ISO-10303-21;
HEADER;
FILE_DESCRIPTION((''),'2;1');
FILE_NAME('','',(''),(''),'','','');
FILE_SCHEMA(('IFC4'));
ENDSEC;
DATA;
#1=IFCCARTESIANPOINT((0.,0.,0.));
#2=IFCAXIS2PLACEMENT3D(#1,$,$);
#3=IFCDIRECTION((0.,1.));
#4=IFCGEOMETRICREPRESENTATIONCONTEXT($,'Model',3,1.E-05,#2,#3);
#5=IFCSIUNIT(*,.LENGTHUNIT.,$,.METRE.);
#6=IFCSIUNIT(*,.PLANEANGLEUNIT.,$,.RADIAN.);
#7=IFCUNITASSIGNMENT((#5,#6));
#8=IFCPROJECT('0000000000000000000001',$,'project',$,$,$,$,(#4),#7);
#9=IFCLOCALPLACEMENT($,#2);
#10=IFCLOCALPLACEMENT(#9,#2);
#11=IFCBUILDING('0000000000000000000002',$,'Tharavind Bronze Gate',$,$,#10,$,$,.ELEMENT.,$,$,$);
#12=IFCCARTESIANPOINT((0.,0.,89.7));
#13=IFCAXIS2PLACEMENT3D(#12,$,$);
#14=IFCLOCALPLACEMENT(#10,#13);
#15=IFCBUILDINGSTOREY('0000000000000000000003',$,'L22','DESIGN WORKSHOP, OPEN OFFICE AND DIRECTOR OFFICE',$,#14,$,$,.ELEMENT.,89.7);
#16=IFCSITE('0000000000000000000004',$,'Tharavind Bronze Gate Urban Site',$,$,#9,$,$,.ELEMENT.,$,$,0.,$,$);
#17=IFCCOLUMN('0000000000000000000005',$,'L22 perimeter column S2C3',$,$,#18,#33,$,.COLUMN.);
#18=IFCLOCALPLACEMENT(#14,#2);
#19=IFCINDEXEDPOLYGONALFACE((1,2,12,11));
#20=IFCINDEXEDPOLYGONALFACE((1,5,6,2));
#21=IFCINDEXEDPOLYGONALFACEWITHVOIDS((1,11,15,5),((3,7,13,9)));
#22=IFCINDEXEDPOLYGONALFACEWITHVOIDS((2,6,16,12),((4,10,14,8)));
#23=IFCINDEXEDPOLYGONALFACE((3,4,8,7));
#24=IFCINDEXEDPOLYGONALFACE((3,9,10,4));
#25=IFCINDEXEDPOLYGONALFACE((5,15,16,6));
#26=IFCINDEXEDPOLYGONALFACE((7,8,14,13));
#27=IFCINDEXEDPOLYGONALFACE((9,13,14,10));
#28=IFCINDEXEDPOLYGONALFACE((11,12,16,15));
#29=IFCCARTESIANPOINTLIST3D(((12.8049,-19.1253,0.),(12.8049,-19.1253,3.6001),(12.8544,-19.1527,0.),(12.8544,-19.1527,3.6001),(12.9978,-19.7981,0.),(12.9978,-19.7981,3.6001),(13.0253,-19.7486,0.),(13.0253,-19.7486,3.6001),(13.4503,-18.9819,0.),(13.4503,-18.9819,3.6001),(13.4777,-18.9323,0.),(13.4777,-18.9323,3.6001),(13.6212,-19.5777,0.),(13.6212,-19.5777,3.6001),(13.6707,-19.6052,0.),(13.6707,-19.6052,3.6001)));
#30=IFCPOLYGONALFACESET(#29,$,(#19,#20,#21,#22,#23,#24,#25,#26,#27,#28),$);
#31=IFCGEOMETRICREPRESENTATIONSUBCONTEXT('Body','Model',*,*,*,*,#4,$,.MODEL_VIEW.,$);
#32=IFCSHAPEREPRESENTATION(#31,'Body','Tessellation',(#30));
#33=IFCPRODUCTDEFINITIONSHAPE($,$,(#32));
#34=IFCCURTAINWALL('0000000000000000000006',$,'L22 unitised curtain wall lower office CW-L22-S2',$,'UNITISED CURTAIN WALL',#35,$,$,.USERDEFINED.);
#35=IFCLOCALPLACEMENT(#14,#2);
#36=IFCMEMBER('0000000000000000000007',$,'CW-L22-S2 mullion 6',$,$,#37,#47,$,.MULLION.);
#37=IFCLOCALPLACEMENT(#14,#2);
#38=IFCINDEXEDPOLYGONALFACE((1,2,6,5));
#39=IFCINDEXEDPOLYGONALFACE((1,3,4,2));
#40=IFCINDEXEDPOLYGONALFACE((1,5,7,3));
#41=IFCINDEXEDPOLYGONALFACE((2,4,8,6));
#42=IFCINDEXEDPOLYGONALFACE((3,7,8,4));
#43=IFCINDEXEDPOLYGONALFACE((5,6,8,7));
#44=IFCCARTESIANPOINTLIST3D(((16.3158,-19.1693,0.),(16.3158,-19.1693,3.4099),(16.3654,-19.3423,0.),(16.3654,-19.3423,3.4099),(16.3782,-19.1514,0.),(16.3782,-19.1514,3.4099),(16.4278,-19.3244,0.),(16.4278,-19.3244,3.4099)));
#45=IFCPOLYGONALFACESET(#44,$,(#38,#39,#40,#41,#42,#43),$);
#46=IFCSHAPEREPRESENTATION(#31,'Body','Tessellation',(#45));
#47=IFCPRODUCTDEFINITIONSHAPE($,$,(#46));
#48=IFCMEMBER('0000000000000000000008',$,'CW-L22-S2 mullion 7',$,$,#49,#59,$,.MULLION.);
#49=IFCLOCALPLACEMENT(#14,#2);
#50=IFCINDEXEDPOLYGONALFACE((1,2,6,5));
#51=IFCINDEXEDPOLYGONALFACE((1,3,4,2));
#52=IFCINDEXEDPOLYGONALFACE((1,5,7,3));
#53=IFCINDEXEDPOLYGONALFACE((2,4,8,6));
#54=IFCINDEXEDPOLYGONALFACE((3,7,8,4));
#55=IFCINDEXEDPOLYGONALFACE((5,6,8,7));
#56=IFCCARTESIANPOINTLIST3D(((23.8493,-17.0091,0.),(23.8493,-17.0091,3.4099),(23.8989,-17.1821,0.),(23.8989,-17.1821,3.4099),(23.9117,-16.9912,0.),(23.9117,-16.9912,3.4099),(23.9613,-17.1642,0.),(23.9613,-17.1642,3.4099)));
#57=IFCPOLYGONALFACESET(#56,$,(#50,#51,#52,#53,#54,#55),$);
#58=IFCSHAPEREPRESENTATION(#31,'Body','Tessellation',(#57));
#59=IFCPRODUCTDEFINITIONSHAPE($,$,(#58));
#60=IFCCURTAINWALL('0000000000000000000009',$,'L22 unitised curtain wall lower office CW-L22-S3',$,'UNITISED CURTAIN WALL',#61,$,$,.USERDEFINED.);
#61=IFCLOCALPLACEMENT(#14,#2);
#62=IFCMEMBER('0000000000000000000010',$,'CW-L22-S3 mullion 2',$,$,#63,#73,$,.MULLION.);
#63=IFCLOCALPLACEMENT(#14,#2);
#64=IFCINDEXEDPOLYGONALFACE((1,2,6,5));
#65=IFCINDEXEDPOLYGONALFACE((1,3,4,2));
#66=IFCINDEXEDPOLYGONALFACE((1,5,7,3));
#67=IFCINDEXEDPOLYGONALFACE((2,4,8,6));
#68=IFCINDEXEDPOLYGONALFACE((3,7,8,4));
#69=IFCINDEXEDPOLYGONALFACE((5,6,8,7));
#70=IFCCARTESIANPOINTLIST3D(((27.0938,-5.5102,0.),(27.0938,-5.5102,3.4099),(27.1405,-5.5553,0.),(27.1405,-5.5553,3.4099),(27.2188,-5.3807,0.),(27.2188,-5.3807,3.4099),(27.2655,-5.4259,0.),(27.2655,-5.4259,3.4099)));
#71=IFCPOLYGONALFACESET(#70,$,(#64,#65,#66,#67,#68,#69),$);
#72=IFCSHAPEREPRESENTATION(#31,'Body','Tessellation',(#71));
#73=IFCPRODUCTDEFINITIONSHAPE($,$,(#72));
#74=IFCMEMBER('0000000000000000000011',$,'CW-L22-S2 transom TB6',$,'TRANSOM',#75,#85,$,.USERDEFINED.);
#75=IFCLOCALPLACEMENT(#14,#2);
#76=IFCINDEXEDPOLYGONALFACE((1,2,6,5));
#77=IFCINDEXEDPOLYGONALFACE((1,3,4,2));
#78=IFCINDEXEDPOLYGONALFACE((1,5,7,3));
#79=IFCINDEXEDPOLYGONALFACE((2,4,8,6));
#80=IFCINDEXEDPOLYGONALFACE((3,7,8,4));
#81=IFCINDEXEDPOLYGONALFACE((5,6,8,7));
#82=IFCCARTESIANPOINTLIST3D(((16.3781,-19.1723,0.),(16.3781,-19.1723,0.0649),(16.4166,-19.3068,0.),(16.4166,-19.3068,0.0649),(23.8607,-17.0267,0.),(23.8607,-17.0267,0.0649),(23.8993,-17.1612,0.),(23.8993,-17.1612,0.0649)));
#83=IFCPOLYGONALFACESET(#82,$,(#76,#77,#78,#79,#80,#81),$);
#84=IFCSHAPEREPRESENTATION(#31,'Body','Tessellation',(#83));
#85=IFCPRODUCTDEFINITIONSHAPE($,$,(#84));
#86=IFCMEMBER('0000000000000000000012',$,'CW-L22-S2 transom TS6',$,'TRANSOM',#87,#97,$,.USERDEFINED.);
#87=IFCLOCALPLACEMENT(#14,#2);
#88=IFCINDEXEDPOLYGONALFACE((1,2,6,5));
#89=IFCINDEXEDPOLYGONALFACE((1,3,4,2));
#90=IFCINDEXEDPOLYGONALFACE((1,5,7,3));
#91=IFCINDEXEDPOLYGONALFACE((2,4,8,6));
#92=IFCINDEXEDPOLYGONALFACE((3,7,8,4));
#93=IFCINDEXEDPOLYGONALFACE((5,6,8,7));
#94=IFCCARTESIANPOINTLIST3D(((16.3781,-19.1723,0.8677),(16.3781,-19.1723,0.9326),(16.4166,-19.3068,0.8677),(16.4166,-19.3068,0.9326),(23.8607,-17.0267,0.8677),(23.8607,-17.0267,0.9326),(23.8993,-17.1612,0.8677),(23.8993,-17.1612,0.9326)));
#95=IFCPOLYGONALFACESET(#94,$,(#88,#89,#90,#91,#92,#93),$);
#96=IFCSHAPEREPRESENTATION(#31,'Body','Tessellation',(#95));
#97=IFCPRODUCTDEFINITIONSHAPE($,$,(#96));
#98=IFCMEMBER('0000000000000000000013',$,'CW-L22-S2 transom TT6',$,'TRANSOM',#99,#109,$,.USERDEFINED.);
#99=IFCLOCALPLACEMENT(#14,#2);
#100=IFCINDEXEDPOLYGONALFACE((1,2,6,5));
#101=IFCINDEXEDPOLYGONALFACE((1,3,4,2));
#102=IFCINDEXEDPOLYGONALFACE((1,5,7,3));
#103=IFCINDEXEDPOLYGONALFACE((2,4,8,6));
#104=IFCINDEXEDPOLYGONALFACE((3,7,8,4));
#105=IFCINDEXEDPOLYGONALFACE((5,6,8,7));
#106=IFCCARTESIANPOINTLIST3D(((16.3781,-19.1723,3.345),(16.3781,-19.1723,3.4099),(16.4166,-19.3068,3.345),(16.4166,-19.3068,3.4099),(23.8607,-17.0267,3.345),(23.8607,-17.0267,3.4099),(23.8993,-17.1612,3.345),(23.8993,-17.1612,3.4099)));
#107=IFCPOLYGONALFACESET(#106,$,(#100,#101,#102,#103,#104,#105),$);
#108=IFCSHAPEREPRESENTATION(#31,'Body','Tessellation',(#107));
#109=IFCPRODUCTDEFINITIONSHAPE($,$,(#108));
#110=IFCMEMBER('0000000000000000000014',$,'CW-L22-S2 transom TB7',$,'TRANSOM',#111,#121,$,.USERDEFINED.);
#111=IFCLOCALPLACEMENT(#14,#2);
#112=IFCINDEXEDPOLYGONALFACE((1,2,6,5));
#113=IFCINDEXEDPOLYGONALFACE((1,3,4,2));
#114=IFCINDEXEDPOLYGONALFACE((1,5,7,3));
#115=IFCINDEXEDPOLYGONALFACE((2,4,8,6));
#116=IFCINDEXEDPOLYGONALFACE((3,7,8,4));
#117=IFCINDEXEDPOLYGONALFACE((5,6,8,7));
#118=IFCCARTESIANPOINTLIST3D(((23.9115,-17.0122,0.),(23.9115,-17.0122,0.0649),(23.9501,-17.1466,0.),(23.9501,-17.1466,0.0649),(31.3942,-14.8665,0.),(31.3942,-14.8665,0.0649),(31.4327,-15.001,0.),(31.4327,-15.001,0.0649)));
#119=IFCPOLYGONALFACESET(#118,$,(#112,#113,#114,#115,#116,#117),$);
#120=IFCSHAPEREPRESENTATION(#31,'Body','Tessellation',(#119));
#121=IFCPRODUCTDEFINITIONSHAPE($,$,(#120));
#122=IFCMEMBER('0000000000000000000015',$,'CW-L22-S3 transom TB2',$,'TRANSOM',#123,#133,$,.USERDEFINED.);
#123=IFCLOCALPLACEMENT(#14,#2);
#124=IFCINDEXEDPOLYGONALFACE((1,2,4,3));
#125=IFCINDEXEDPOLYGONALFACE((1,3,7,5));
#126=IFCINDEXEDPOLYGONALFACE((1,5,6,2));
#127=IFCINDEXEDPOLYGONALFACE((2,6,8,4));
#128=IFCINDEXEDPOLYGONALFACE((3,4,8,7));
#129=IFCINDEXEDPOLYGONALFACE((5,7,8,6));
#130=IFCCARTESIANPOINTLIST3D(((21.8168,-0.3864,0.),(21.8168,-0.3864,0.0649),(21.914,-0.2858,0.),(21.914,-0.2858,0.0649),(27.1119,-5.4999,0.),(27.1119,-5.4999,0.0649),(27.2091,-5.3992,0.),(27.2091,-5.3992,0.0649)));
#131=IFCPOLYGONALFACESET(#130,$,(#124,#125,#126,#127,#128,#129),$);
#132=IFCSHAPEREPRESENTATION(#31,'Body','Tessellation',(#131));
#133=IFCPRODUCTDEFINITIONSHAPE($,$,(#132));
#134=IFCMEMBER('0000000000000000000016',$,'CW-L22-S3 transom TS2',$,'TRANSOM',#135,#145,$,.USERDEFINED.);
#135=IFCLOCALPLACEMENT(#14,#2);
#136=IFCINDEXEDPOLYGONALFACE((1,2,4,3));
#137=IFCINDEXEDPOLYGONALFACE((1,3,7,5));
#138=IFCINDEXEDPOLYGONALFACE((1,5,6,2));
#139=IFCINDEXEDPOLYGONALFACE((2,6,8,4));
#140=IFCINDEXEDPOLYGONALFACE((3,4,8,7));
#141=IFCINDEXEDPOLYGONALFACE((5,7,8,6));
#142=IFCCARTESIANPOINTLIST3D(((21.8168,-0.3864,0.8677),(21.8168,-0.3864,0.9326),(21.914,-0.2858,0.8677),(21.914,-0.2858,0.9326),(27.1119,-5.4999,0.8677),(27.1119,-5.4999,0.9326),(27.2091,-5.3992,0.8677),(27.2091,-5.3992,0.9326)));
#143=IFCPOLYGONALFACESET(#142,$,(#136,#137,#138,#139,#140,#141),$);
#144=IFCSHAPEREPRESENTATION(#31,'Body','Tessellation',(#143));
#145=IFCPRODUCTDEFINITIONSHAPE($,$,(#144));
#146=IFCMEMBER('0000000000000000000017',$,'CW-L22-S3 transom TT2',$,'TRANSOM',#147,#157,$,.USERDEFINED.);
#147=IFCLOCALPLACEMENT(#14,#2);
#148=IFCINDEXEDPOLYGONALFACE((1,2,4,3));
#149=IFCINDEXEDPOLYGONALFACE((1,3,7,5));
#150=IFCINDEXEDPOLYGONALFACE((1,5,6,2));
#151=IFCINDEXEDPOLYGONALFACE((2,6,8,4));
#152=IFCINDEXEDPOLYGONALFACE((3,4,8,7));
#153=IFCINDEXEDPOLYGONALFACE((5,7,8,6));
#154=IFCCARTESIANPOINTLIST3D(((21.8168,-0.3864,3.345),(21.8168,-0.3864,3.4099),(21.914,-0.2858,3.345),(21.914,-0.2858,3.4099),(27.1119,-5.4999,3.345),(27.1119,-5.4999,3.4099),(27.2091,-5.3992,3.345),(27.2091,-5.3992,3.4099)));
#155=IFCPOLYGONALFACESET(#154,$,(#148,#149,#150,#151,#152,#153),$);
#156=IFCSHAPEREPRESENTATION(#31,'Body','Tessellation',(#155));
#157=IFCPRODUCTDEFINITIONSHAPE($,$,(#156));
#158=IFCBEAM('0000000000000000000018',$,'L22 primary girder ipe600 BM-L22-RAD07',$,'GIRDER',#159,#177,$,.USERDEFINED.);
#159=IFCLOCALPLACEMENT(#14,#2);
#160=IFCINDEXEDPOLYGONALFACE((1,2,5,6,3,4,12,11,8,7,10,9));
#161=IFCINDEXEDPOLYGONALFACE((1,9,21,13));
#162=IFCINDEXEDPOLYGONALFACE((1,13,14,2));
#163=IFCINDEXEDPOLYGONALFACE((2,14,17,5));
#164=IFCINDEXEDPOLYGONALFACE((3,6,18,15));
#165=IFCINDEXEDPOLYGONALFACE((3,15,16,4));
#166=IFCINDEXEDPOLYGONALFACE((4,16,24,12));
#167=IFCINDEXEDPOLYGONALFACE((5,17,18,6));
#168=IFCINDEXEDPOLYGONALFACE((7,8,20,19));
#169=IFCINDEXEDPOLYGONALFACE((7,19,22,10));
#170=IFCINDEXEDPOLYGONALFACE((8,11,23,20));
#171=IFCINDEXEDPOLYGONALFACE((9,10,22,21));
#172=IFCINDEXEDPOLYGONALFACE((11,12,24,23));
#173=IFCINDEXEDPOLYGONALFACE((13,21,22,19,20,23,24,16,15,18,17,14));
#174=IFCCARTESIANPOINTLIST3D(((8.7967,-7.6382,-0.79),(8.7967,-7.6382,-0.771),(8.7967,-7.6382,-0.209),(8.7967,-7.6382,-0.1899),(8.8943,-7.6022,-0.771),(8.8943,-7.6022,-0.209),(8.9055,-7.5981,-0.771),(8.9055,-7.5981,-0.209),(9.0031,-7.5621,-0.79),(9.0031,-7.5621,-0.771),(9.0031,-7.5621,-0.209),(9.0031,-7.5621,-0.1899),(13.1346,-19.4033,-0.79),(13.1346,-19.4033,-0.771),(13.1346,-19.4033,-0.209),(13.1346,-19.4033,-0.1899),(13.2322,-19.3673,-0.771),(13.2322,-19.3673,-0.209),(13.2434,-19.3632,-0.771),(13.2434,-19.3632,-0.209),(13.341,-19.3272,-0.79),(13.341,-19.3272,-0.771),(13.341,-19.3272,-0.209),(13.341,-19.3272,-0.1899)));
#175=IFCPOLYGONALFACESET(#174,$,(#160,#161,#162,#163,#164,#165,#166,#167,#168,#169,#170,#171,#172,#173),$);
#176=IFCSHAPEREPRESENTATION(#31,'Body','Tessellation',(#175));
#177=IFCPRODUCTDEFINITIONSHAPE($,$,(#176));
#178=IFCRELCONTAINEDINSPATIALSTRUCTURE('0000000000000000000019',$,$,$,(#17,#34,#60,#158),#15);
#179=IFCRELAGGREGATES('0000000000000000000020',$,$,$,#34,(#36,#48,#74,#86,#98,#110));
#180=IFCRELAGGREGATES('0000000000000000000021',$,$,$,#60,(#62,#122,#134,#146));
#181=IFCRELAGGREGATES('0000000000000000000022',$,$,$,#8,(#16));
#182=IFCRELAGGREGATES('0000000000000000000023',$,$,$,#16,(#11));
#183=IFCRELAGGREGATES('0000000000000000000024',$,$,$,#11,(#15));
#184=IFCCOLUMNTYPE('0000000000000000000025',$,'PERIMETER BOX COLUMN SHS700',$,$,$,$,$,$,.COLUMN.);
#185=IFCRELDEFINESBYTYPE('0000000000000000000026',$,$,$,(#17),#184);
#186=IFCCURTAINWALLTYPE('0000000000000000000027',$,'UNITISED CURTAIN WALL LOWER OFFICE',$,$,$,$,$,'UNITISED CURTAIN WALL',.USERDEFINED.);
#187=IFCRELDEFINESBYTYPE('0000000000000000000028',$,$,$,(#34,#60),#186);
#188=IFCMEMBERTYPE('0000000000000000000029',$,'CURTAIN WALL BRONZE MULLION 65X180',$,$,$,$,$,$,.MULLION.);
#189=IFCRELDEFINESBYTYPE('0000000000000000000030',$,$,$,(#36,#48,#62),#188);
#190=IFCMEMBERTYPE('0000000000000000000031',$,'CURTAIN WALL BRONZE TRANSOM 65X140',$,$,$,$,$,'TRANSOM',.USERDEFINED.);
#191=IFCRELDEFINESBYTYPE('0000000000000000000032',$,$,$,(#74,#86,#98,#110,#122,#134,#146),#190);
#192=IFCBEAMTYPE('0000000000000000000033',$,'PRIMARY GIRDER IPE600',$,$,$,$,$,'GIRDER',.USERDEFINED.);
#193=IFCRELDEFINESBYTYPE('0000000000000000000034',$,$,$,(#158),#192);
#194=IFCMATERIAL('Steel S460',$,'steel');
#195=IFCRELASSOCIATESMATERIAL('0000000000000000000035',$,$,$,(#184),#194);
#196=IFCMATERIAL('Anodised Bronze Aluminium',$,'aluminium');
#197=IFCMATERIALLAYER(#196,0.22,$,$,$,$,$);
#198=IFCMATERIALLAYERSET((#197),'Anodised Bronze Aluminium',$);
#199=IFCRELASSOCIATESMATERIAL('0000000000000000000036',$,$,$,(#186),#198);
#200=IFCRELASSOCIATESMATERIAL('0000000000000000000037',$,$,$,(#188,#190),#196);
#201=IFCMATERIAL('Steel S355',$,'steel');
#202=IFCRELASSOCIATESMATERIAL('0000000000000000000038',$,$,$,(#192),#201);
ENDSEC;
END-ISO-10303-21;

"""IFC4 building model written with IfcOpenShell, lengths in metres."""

from ifc_helpers import new_model, si_unit, direction, frame, origin, origin_2d, place, context, subcontext, project, spatial, rectangle, hollow_rectangle, i_section, extrude, material, layer, layer_set, material_profile, profile_set, type_object, element, aggregate, save


model = new_model("IFC4")

# Units and contexts
model_context = context("Model", 3, precision=1e-05, world=origin(), true_north=direction((0.0, 1.0)))
body_context = subcontext(model_context, "Body", "Model", "MODEL_VIEW")
ifc_project = project(units=[si_unit("LENGTHUNIT", "METRE"), si_unit("PLANEANGLEUNIT", "RADIAN")], contexts=[model_context])

# Site, building, storey
site_placement = place(None, origin())
site = spatial("IfcSite", under=ifc_project, at=site_placement, Name="Tharavind Bronze Gate Urban Site", CompositionType="ELEMENT", RefElevation=0.0)
building_placement = place(site_placement, origin())
building = spatial("IfcBuilding", under=site, at=building_placement, Name="Tharavind Bronze Gate", CompositionType="ELEMENT")
storey_placement = place(building_placement, frame((0.0, 0.0, 89.7)))
storey = spatial("IfcBuildingStorey", under=building, at=storey_placement, Name="L22", Description="DESIGN WORKSHOP, OPEN OFFICE AND DIRECTOR OFFICE", CompositionType="ELEMENT", Elevation=89.7)

# Column
ifc_material_1 = material(Name="Steel S460", Category="steel")
ifc_material_profile_1 = material_profile(ifc_material_1, hollow_rectangle(XDim=0.7, YDim=0.7, WallThickness=0.04, at=origin_2d()), Name="SHS700X40")
ifc_profile_set_1 = profile_set([ifc_material_profile_1], Name="Steel S460")
column_type = type_object("IfcColumnType", Name="PERIMETER BOX COLUMN SHS700", PredefinedType="COLUMN", material=ifc_profile_set_1)
column_placement = place(storey_placement, frame((13.2378, -19.3652, 0.0), z_axis=(0.0, 0.0, 1.0), x_axis=(0.961262, 0.275637, 0.0)))
element("IfcColumn", 1, at=column_placement, inside=storey, type_object=column_type, Name="L22 perimeter column S2C3", PredefinedType="COLUMN", context=body_context, shape_type="SweptSolid", body=[
    extrude(hollow_rectangle(XDim=0.7, YDim=0.7, WallThickness=0.04, at=origin_2d()), origin(), (0.0, 0.0, 1.0), 3.6001),
])

# Curtain wall, members
ifc_material_2 = material(Name="Anodised Bronze Aluminium", Category="aluminium")
ifc_layer_1 = layer(ifc_material_2, 0.22)
ifc_layer_set_1 = layer_set([ifc_layer_1], Name="Anodised Bronze Aluminium")
curtain_wall_type = type_object("IfcCurtainWallType", Name="UNITISED CURTAIN WALL LOWER OFFICE", ElementType="UNITISED CURTAIN WALL", PredefinedType="USERDEFINED", material=ifc_layer_set_1)
curtain_wall_1_placement = place(storey_placement, origin())
curtain_wall_1 = element("IfcCurtainWall", 2, at=curtain_wall_1_placement, inside=storey, type_object=curtain_wall_type, Name="L22 unitised curtain wall lower office CW-L22-S2", ObjectType="UNITISED CURTAIN WALL", PredefinedType="USERDEFINED")
member_type_1 = type_object("IfcMemberType", Name="CURTAIN WALL BRONZE MULLION 65X180", PredefinedType="MULLION", material=ifc_material_2)
member_1_placement = place(storey_placement, frame((16.3718, -19.2468, 0.0), z_axis=(0.0, 0.0, 1.0), x_axis=(0.961262, 0.275637, 0.0)))
member_1 = element("IfcMember", 3, at=member_1_placement, type_object=member_type_1, Name="CW-L22-S2 mullion 6", PredefinedType="MULLION", context=body_context, shape_type="SweptSolid", body=[
    extrude(rectangle(XDim=0.0649, YDim=0.1799, at=origin_2d()), origin(), (0.0, 0.0, 1.0), 3.4099),
])
member_2_placement = place(storey_placement, frame((23.9053, -17.0867, 0.0), z_axis=(0.0, 0.0, 1.0), x_axis=(0.961262, 0.275637, 0.0)))
member_2 = element("IfcMember", 4, at=member_2_placement, type_object=member_type_1, Name="CW-L22-S2 mullion 7", PredefinedType="MULLION", context=body_context, shape_type="SweptSolid", body=[
    extrude(rectangle(XDim=0.0649, YDim=0.1799, at=origin_2d()), origin(), (0.0, 0.0, 1.0), 3.4099),
])

# Curtain wall, member
curtain_wall_2_placement = place(storey_placement, origin())
curtain_wall_2 = element("IfcCurtainWall", 5, at=curtain_wall_2_placement, inside=storey, type_object=curtain_wall_type, Name="L22 unitised curtain wall lower office CW-L22-S3", ObjectType="UNITISED CURTAIN WALL", PredefinedType="USERDEFINED")
member_3_placement = place(storey_placement, frame((27.1797, -5.468, 0.0), z_axis=(0.0, 0.0, 1.0), x_axis=(-0.719341, 0.694657, 0.0)))
member_3 = element("IfcMember", 6, at=member_3_placement, type_object=member_type_1, Name="CW-L22-S3 mullion 2", PredefinedType="MULLION", context=body_context, shape_type="SweptSolid", body=[
    extrude(rectangle(XDim=0.0649, YDim=0.1799, at=origin_2d()), origin(), (0.0, 0.0, 1.0), 3.4099),
])

# Members
member_type_2 = type_object("IfcMemberType", Name="CURTAIN WALL BRONZE TRANSOM 65X140", ElementType="TRANSOM", PredefinedType="USERDEFINED", material=ifc_material_2)
member_4_placement = place(storey_placement, frame((20.1387, -18.1667, 0.0), z_axis=(0.0, 0.0, 1.0), x_axis=(0.961262, 0.275637, 0.0)))
member_4 = element("IfcMember", 7, at=member_4_placement, type_object=member_type_2, Name="CW-L22-S2 transom TB6", ObjectType="TRANSOM", PredefinedType="USERDEFINED", context=body_context, shape_type="SweptSolid", body=[
    extrude(rectangle(XDim=7.7842, YDim=0.1399, at=origin_2d()), origin(), (0.0, 0.0, 1.0), 0.0649),
])
member_5_placement = place(storey_placement, frame((20.1387, -18.1667, 0.8677), z_axis=(0.0, 0.0, 1.0), x_axis=(0.961262, 0.275637, 0.0)))
member_5 = element("IfcMember", 8, at=member_5_placement, type_object=member_type_2, Name="CW-L22-S2 transom TS6", ObjectType="TRANSOM", PredefinedType="USERDEFINED", context=body_context, shape_type="SweptSolid", body=[
    extrude(rectangle(XDim=7.7842, YDim=0.1399, at=origin_2d()), origin(), (0.0, 0.0, 1.0), 0.0649),
])
member_6_placement = place(storey_placement, frame((20.1387, -18.1667, 3.345), z_axis=(0.0, 0.0, 1.0), x_axis=(0.961262, 0.275637, 0.0)))
member_6 = element("IfcMember", 9, at=member_6_placement, type_object=member_type_2, Name="CW-L22-S2 transom TT6", ObjectType="TRANSOM", PredefinedType="USERDEFINED", context=body_context, shape_type="SweptSolid", body=[
    extrude(rectangle(XDim=7.7842, YDim=0.1399, at=origin_2d()), origin(), (0.0, 0.0, 1.0), 0.0649),
])
member_7_placement = place(storey_placement, frame((27.6721, -16.0066, 0.0), z_axis=(0.0, 0.0, 1.0), x_axis=(0.961262, 0.275637, 0.0)))
member_7 = element("IfcMember", 10, at=member_7_placement, type_object=member_type_2, Name="CW-L22-S2 transom TB7", ObjectType="TRANSOM", PredefinedType="USERDEFINED", context=body_context, shape_type="SweptSolid", body=[
    extrude(rectangle(XDim=7.7842, YDim=0.1399, at=origin_2d()), origin(), (0.0, 0.0, 1.0), 0.0649),
])
member_8_placement = place(storey_placement, frame((24.5129, -2.8928, 0.0), z_axis=(0.0, 0.0, 1.0), x_axis=(-0.719341, 0.694657, 0.0)))
member_8 = element("IfcMember", 11, at=member_8_placement, type_object=member_type_2, Name="CW-L22-S3 transom TB2", ObjectType="TRANSOM", PredefinedType="USERDEFINED", context=body_context, shape_type="SweptSolid", body=[
    extrude(rectangle(XDim=7.3611, YDim=0.1399, at=origin_2d()), origin(), (0.0, 0.0, 1.0), 0.0649),
])
member_9_placement = place(storey_placement, frame((24.5129, -2.8928, 0.8677), z_axis=(0.0, 0.0, 1.0), x_axis=(-0.719341, 0.694657, 0.0)))
member_9 = element("IfcMember", 12, at=member_9_placement, type_object=member_type_2, Name="CW-L22-S3 transom TS2", ObjectType="TRANSOM", PredefinedType="USERDEFINED", context=body_context, shape_type="SweptSolid", body=[
    extrude(rectangle(XDim=7.3611, YDim=0.1399, at=origin_2d()), origin(), (0.0, 0.0, 1.0), 0.0649),
])
member_10_placement = place(storey_placement, frame((24.5129, -2.8928, 3.345), z_axis=(0.0, 0.0, 1.0), x_axis=(-0.719341, 0.694657, 0.0)))
member_10 = element("IfcMember", 13, at=member_10_placement, type_object=member_type_2, Name="CW-L22-S3 transom TT2", ObjectType="TRANSOM", PredefinedType="USERDEFINED", context=body_context, shape_type="SweptSolid", body=[
    extrude(rectangle(XDim=7.3611, YDim=0.1399, at=origin_2d()), origin(), (0.0, 0.0, 1.0), 0.0649),
])

# Beam
ifc_material_3 = material(Name="Steel S355", Category="steel")
ifc_material_profile_2 = material_profile(ifc_material_3, i_section(OverallWidth=0.22, OverallDepth=0.6001, WebThickness=0.012, FlangeThickness=0.019, at=origin_2d()), Name="IPE600")
ifc_profile_set_2 = profile_set([ifc_material_profile_2], Name="Steel S355")
beam_type_1 = type_object("IfcBeamType", Name="PRIMARY GIRDER IPE600", ElementType="GIRDER", PredefinedType="USERDEFINED", material=ifc_profile_set_2)
beam_1_placement = place(storey_placement, frame((13.2378, -19.3652, -0.49), z_axis=(-0.345942, 0.938256, 0.0), x_axis=(-0.938256, -0.345942, 0.0)))
element("IfcBeam", 14, at=beam_1_placement, inside=storey, type_object=beam_type_1, Name="L22 primary girder ipe600 BM-L22-RAD07", ObjectType="GIRDER", PredefinedType="USERDEFINED", context=body_context, shape_type="SweptSolid", body=[
    extrude(i_section(OverallWidth=0.22, OverallDepth=0.6001, WebThickness=0.012, FlangeThickness=0.019, at=origin_2d()), origin(), (0.0, 0.0, 1.0), 12.5393),
])

aggregate(curtain_wall_1, [member_1, member_2, member_4, member_5, member_6, member_7])
aggregate(curtain_wall_2, [member_3, member_8, member_9, member_10])

save(model, "model.ifc")
